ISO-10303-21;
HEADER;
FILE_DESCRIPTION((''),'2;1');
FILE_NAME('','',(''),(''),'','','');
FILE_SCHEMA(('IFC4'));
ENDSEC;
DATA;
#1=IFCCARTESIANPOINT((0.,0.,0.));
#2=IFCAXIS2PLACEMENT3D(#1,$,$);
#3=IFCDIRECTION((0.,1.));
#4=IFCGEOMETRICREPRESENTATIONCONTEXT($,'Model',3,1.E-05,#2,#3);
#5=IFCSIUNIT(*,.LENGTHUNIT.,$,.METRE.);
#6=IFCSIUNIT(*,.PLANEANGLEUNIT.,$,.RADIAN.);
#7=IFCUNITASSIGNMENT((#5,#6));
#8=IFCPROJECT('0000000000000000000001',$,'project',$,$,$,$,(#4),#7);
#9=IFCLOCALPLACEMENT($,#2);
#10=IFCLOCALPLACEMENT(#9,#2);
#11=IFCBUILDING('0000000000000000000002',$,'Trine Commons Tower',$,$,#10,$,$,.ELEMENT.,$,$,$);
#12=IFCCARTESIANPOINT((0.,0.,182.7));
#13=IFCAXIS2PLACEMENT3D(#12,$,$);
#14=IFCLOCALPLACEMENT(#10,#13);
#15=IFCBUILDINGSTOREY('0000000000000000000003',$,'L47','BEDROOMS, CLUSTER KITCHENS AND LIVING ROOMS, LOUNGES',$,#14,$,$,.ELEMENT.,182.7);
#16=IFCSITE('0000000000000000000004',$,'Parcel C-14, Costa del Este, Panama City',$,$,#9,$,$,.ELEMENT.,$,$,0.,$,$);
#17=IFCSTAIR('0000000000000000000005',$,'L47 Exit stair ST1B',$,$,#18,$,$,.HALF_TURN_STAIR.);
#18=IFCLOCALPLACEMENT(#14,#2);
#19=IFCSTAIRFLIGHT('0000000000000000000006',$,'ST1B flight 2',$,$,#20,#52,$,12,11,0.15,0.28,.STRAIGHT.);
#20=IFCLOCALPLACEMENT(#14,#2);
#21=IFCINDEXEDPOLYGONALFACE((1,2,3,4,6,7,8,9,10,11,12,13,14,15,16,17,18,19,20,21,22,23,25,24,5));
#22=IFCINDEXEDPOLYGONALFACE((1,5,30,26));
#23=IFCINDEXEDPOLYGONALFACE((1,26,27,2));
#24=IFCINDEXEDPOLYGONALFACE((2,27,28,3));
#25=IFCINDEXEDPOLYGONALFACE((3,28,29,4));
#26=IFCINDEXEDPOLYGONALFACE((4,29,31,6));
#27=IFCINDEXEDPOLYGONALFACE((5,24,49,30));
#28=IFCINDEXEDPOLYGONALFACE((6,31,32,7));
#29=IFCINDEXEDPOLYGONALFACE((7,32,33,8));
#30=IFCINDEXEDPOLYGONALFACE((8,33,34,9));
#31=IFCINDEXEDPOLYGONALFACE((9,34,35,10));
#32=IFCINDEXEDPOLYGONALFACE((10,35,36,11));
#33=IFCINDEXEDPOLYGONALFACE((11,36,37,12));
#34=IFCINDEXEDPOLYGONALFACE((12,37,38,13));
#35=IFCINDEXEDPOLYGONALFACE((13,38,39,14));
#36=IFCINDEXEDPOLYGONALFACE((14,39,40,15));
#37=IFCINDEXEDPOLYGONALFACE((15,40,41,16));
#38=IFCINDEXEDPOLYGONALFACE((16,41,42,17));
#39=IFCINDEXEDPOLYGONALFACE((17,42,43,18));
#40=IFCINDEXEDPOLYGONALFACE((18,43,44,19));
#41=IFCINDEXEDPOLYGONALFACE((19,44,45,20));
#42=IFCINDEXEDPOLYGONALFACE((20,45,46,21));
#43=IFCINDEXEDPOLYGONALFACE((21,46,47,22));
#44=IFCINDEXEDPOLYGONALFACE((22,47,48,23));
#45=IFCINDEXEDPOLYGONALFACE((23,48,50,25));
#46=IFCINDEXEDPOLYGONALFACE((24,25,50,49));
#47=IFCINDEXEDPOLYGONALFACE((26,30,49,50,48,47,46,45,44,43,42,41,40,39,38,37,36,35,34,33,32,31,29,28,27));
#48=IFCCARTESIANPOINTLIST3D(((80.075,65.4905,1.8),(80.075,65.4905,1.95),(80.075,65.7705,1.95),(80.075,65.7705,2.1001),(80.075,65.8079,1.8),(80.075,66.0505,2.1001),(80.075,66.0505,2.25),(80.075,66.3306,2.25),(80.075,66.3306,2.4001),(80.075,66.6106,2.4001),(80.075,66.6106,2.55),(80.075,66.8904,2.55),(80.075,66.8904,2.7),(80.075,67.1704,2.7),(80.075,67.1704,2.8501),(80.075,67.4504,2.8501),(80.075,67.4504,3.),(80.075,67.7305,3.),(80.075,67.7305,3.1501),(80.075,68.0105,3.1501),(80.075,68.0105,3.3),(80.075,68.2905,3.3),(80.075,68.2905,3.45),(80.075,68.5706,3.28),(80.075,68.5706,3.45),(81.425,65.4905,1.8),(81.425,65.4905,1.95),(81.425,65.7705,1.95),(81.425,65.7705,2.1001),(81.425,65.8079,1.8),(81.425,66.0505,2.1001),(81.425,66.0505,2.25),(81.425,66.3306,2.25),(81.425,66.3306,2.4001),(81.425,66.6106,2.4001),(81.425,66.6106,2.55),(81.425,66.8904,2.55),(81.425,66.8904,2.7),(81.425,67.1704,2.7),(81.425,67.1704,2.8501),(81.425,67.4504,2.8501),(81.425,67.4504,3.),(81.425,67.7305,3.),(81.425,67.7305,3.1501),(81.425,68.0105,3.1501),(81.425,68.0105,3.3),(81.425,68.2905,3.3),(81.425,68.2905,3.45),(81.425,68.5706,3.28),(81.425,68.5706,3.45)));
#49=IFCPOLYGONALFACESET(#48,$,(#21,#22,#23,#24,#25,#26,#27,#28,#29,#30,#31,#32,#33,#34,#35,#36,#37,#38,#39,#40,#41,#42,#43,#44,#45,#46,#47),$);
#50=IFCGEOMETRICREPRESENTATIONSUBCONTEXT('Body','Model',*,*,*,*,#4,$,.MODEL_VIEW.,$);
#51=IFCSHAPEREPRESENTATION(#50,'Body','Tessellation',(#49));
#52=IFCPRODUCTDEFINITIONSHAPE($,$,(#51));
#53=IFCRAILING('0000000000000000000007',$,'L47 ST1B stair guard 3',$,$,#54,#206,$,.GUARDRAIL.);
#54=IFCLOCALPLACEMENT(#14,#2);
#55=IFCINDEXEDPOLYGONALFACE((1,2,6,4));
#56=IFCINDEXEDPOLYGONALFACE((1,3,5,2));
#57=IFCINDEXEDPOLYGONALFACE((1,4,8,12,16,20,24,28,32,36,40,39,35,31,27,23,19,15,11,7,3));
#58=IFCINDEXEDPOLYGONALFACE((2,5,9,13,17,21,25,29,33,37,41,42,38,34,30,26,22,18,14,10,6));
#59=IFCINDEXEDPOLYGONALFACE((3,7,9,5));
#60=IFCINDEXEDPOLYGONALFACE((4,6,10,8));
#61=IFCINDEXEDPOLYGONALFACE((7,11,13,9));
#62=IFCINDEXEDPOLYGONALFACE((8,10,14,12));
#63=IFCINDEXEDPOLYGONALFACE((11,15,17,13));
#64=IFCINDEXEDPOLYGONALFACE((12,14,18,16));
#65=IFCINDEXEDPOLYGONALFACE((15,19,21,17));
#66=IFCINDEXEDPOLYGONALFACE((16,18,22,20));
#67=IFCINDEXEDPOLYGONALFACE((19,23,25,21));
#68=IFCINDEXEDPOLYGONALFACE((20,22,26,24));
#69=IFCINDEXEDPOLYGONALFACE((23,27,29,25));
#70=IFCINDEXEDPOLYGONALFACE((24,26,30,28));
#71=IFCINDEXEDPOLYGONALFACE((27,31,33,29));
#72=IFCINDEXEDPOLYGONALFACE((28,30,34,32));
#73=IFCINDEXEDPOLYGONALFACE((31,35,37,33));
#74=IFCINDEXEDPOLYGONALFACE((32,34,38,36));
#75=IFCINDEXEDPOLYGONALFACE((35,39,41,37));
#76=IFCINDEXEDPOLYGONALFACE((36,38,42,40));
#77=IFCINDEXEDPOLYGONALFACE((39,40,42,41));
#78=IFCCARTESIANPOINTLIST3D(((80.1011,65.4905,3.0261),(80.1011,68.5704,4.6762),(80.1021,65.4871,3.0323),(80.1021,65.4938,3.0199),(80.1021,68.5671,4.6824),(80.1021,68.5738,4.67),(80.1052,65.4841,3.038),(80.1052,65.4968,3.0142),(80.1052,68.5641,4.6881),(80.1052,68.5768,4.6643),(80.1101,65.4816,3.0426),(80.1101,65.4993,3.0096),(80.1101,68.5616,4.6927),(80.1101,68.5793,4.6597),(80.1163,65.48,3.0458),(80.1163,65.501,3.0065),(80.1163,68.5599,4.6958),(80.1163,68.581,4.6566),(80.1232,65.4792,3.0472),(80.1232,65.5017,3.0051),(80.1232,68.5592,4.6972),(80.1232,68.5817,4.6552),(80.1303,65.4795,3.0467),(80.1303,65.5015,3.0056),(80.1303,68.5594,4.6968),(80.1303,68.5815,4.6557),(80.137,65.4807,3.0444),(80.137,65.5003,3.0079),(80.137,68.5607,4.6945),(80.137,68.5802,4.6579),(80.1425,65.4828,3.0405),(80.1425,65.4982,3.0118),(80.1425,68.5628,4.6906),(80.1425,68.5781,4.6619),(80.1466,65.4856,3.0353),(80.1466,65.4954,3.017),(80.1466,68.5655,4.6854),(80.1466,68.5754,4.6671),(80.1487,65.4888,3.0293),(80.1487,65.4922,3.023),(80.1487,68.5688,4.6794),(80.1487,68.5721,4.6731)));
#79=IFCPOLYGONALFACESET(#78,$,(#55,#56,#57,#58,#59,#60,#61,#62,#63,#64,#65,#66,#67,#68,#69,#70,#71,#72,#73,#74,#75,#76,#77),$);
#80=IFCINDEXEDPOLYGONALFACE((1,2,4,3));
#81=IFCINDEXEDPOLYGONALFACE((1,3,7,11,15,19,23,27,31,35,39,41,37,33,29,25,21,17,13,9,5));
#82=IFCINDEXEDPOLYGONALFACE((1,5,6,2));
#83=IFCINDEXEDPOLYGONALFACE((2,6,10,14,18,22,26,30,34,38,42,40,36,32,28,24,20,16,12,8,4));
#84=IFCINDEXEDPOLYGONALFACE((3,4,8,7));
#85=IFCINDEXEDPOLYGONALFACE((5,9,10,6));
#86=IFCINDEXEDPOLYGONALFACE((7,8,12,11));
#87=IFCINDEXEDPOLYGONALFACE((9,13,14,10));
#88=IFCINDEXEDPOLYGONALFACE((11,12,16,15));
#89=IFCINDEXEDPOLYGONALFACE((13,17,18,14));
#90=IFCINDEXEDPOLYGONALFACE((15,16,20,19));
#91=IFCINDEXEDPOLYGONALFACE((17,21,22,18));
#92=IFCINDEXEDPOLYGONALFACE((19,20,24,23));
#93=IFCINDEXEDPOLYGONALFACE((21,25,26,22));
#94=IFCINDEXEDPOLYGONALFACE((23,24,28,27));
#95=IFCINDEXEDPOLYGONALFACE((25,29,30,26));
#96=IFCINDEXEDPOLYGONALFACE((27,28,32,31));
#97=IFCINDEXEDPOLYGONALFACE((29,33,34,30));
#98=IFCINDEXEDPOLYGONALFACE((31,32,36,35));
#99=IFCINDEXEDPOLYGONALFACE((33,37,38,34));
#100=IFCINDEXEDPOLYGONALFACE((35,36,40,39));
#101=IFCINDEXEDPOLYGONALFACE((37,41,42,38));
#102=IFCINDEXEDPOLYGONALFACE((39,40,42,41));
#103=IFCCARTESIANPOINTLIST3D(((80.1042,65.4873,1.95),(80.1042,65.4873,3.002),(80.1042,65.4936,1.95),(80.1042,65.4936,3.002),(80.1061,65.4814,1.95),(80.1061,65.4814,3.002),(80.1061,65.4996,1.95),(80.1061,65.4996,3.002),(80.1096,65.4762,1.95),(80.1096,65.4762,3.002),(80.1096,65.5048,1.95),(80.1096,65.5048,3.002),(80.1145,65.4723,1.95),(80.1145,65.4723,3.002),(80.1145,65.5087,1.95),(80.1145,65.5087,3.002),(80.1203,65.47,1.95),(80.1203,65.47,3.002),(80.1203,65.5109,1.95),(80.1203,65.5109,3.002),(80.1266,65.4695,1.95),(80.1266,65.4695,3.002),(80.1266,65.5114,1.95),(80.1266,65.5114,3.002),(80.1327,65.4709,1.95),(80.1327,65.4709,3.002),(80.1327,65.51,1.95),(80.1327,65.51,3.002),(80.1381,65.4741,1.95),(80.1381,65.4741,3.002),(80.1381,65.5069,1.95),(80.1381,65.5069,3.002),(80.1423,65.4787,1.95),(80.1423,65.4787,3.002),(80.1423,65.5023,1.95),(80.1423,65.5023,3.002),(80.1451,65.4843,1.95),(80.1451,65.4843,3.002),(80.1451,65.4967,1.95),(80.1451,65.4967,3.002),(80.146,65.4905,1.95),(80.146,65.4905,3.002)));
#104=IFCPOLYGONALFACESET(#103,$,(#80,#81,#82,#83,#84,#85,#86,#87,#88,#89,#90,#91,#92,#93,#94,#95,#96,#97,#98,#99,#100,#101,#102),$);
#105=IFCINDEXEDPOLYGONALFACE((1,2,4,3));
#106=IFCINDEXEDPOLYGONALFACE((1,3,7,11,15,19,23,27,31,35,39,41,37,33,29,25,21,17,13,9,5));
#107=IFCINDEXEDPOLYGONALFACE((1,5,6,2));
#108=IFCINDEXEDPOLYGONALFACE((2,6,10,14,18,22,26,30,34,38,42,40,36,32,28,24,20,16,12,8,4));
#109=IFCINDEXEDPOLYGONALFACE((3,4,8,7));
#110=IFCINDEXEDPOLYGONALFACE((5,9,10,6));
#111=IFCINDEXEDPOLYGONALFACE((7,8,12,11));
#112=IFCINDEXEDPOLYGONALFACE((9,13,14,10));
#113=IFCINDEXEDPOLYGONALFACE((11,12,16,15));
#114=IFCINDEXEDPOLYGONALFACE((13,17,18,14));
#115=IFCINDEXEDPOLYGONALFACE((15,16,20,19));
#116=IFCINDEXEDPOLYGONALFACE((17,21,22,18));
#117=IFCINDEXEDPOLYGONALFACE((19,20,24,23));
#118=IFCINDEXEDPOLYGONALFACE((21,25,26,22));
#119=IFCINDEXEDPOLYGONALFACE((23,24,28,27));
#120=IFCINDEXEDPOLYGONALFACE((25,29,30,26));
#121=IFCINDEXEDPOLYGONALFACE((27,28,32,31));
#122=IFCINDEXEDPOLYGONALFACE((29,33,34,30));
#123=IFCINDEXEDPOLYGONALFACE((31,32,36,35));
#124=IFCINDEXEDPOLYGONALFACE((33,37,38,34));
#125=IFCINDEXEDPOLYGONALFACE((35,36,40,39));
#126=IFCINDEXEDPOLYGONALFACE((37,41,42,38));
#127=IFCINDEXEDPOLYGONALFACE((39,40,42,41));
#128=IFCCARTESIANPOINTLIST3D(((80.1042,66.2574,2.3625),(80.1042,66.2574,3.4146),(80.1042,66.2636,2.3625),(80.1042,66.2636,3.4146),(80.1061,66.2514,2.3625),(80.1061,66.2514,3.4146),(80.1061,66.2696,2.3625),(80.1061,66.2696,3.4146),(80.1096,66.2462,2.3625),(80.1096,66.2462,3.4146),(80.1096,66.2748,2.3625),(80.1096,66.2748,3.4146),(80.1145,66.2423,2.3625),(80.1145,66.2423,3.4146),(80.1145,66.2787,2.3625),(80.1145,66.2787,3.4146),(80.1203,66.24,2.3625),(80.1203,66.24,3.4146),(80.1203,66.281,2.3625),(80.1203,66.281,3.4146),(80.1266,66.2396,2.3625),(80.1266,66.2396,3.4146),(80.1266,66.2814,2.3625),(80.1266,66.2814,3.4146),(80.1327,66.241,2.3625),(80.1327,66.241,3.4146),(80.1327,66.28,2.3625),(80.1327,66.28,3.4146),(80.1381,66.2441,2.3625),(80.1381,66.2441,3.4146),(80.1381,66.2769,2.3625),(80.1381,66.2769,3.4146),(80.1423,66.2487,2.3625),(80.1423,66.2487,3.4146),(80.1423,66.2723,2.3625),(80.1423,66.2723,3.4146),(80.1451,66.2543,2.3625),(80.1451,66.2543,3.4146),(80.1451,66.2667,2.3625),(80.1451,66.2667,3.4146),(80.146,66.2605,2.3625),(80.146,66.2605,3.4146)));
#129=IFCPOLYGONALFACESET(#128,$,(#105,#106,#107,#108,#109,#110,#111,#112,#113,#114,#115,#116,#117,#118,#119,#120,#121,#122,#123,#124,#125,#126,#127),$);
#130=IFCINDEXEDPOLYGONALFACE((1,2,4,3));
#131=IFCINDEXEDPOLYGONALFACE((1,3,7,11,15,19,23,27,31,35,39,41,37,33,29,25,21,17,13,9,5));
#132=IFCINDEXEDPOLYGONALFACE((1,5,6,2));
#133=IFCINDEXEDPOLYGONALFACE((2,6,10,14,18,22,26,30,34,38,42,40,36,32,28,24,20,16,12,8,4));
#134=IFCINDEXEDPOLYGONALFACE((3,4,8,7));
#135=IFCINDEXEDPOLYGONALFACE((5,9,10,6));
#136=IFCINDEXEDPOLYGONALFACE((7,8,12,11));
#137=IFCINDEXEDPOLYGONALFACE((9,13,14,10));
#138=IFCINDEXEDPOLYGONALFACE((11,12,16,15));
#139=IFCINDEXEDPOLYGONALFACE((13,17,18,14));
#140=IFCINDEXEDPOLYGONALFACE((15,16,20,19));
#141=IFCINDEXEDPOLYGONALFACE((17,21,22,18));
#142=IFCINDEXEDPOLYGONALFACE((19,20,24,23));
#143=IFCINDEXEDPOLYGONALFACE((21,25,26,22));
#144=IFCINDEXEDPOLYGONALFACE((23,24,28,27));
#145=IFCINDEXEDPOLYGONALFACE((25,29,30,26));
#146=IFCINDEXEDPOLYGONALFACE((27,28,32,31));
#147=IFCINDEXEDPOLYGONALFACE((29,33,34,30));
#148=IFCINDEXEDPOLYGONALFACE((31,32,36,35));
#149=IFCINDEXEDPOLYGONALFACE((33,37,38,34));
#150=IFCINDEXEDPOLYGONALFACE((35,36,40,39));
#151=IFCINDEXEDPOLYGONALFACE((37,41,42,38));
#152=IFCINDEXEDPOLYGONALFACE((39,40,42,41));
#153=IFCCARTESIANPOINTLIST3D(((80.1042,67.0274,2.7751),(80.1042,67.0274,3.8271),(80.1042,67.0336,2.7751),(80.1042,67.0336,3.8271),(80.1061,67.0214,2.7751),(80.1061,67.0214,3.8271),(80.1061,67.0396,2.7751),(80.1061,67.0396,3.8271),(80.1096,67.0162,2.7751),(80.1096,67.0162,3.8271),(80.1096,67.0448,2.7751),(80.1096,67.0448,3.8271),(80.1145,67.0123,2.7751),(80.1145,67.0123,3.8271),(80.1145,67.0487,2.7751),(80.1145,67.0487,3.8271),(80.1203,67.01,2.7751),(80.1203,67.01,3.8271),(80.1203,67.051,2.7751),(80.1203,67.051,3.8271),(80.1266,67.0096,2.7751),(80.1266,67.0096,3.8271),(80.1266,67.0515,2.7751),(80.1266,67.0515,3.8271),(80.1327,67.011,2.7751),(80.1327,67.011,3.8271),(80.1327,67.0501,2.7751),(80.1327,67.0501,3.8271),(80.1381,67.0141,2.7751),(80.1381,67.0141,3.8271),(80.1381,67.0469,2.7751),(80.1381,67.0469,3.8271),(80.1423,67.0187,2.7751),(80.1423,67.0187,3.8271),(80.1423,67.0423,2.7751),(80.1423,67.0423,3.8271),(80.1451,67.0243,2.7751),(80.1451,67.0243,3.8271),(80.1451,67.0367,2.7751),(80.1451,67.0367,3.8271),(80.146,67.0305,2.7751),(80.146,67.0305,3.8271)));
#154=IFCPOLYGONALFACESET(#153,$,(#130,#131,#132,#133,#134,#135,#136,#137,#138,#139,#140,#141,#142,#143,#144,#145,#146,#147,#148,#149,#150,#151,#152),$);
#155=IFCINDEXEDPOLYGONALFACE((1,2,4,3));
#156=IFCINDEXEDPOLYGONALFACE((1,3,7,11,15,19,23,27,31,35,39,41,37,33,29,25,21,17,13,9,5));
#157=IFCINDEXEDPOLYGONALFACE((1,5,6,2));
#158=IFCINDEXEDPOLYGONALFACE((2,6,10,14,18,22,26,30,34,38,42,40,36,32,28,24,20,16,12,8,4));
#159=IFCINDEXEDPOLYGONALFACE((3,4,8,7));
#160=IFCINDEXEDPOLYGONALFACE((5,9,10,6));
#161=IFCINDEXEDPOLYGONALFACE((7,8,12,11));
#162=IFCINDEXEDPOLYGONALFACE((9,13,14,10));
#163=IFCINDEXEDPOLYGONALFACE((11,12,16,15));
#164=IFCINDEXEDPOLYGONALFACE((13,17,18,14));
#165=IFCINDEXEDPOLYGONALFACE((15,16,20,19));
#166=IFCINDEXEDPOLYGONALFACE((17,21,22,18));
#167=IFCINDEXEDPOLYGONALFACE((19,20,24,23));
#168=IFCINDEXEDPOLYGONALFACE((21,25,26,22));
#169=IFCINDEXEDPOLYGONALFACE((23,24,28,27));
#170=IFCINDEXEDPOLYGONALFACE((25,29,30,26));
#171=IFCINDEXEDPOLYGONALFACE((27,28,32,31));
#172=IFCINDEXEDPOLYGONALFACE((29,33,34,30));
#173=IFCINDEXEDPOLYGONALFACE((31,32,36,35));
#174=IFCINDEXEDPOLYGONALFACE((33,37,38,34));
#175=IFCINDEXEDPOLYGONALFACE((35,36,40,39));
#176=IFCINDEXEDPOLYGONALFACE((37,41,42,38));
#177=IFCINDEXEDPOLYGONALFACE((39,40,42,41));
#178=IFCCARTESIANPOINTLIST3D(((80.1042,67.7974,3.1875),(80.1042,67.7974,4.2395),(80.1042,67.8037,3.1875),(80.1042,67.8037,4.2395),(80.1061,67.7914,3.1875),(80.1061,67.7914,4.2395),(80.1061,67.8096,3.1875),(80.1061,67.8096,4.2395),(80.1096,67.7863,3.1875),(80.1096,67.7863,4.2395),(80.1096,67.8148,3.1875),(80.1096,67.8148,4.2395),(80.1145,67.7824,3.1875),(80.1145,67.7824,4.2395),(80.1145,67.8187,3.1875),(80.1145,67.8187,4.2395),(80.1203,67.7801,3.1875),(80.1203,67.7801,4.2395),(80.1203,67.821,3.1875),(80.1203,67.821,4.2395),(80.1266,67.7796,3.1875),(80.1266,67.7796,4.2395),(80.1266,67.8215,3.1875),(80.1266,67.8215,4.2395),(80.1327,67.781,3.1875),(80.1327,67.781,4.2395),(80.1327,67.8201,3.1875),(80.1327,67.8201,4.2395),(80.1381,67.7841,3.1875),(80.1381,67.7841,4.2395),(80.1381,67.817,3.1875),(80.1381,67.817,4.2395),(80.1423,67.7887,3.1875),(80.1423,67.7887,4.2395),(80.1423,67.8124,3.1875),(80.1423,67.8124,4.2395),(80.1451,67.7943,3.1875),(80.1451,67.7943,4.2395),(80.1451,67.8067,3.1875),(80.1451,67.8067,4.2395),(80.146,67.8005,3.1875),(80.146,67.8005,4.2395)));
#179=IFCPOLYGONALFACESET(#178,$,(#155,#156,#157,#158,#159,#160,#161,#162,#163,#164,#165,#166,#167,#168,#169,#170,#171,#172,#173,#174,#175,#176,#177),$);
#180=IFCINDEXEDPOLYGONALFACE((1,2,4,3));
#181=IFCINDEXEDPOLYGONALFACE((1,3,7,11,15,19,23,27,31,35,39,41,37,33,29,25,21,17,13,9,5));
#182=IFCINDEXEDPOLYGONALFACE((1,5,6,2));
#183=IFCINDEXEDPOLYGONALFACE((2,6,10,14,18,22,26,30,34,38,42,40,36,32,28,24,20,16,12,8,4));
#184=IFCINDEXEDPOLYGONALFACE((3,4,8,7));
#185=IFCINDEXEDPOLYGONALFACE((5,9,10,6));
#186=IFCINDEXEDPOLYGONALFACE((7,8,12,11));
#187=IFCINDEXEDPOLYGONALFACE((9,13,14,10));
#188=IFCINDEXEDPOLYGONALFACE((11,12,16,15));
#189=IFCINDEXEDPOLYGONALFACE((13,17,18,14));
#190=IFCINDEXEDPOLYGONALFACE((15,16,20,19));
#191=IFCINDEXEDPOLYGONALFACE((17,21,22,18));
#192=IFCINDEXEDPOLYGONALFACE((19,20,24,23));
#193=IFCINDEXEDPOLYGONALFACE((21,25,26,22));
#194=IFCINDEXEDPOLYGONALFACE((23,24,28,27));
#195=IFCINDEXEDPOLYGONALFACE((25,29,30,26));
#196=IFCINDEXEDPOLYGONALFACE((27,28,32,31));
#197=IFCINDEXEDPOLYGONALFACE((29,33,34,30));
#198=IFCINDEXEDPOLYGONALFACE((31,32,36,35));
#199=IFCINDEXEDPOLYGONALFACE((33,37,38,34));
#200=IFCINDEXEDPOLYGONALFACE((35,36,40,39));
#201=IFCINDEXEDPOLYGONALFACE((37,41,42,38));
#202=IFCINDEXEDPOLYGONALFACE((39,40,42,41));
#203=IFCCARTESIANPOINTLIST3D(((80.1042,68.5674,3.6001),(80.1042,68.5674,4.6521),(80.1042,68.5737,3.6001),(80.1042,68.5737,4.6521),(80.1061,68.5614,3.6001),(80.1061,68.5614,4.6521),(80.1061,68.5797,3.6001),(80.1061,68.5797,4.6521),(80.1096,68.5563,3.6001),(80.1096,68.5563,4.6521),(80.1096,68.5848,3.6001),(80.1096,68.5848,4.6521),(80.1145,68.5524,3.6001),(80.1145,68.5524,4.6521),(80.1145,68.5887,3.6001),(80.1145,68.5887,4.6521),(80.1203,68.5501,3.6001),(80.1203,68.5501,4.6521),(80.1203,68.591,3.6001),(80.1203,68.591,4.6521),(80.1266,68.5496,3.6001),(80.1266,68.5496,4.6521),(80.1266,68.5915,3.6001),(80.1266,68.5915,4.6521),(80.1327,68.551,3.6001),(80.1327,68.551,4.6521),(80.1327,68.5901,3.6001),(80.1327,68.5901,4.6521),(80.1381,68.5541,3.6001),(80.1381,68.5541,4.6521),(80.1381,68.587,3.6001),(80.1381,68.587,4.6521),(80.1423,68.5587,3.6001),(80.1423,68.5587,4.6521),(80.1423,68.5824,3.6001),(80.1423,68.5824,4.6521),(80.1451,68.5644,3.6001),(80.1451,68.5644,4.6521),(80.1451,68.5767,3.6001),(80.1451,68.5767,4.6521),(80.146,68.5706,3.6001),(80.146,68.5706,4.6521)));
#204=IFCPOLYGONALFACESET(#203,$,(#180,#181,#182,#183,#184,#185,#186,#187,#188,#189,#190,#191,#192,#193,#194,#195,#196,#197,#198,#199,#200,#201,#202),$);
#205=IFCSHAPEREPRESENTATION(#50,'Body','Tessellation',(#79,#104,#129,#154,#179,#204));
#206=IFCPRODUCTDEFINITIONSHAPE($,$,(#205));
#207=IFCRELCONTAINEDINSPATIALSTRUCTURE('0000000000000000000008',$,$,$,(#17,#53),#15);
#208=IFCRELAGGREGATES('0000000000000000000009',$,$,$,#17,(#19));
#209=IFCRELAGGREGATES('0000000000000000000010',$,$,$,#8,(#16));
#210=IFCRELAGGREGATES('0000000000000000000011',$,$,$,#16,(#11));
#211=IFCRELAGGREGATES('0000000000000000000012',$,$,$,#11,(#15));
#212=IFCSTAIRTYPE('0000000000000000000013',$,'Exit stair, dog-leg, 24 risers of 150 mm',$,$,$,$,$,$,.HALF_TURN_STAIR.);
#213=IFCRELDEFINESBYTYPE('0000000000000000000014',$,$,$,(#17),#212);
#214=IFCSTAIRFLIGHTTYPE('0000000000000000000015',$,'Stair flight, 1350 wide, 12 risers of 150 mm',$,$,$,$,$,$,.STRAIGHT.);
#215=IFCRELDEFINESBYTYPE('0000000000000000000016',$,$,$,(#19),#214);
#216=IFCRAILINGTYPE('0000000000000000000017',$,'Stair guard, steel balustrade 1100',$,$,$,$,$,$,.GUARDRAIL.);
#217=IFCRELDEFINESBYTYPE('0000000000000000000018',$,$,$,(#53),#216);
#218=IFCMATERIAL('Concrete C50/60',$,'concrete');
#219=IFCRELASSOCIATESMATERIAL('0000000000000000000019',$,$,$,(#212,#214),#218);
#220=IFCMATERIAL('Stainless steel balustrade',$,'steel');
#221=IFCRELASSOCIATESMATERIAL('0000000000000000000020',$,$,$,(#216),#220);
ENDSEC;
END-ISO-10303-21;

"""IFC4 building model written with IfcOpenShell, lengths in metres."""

from ifc_helpers import new_model, si_unit, direction, frame, origin, origin_2d, place, context, subcontext, project, spatial, polyline, circle, outline, extrude, material, type_object, element, aggregate, save


model = new_model("IFC4")

# Units and contexts
model_context = context("Model", 3, precision=1e-05, world=origin(), true_north=direction((0.0, 1.0)))
body_context = subcontext(model_context, "Body", "Model", "MODEL_VIEW")
ifc_project = project(units=[si_unit("LENGTHUNIT", "METRE"), si_unit("PLANEANGLEUNIT", "RADIAN")], contexts=[model_context])

# Site, building, storey
site_placement = place(None, origin())
site = spatial("IfcSite", under=ifc_project, at=site_placement, Name="Parcel C-14, Costa del Este, Panama City", CompositionType="ELEMENT", RefElevation=0.0)
building_placement = place(site_placement, origin())
building = spatial("IfcBuilding", under=site, at=building_placement, Name="Trine Commons Tower", CompositionType="ELEMENT")
storey_placement = place(building_placement, frame((0.0, 0.0, 182.7)))
storey = spatial("IfcBuildingStorey", under=building, at=storey_placement, Name="L47", Description="BEDROOMS, CLUSTER KITCHENS AND LIVING ROOMS, LOUNGES", CompositionType="ELEMENT", Elevation=182.7)

# Stair, stair flight
ifc_material_1 = material(Name="Concrete C50/60", Category="concrete")
stair_type = type_object("IfcStairType", Name="Exit stair, dog-leg, 24 risers of 150 mm", PredefinedType="HALF_TURN_STAIR", material=ifc_material_1)
stair_placement = place(storey_placement, origin())
stair = element("IfcStair", 1, at=stair_placement, inside=storey, type_object=stair_type, Name="L47 Exit stair ST1B", PredefinedType="HALF_TURN_STAIR")
stair_flight_type = type_object("IfcStairFlightType", Name="Stair flight, 1350 wide, 12 risers of 150 mm", PredefinedType="STRAIGHT", material=ifc_material_1)
stair_flight_placement = place(storey_placement, frame((80.75, 65.4905, 1.8), z_axis=(0.0, 0.0, 1.0), x_axis=(0.0, 1.0, 0.0)))
stair_flight = element("IfcStairFlight", 2, at=stair_flight_placement, type_object=stair_flight_type, Name="ST1B flight 2", NumberOfRisers=12, NumberOfTreads=11, PredefinedType="STRAIGHT", RiserHeight=0.15, TreadLength=0.28, context=body_context, shape_type="SweptSolid", body=[
    extrude(outline(polyline([(0.0, 0.0), (0.0, 0.1499), (0.28, 0.1499), (0.28, 0.3), (0.5601, 0.3), (0.5601, 0.45), (0.8401, 0.45), (0.8401, 0.6001), (1.1201, 0.6001), (1.1201, 0.75), (1.3999, 0.75), (1.3999, 0.8999), (1.6799, 0.8999), (1.6799, 1.05), (1.96, 1.05), (1.96, 1.2), (2.24, 1.2), (2.24, 1.3501), (2.52, 1.3501), (2.52, 1.5), (2.8, 1.5), (2.8, 1.6499), (3.0801, 1.6499), (3.0801, 1.8), (3.0801, 1.48), (0.3174, 0.0), (0.0, 0.0)])), frame((0.0, 0.675, 0.0), z_axis=(0.0, -1.0, 0.0), x_axis=(1.0, 0.0, 0.0)), (0.0, 0.0, 1.0), 1.3501),
])
aggregate(stair, [stair_flight])

# Railing
ifc_material_2 = material(Name="Stainless steel balustrade", Category="steel")
railing_type_1 = type_object("IfcRailingType", Name="Stair guard, steel balustrade 1100", PredefinedType="GUARDRAIL", material=ifc_material_2)
railing_1_placement = place(storey_placement, frame((80.125, 65.4905, 1.95)))
element("IfcRailing", 3, at=railing_1_placement, inside=storey, type_object=railing_type_1, Name="L47 ST1B stair guard 3", PredefinedType="GUARDRAIL", context=body_context, shape_type="SweptSolid", body=[
    extrude(circle(Radius=0.0239, at=origin_2d()), frame((0.0, 0.0, 1.0762), z_axis=(0.0, 0.881468, 0.472245), x_axis=(-1.0, 0.0, 0.0)), (0.0, 0.0, 1.0), 3.4941),
    extrude(circle(Radius=0.021, at=origin_2d()), origin(), (0.0, 0.0, 1.0), 1.052),
    extrude(circle(Radius=0.021, at=origin_2d()), frame((0.0, 0.77, 0.4126)), (0.0, 0.0, 1.0), 1.052),
    extrude(circle(Radius=0.021, at=origin_2d()), frame((0.0, 1.54, 0.8252)), (0.0, 0.0, 1.0), 1.052),
    extrude(circle(Radius=0.021, at=origin_2d()), frame((0.0, 2.3101, 1.2375)), (0.0, 0.0, 1.0), 1.052),
    extrude(circle(Radius=0.021, at=origin_2d()), frame((0.0, 3.0801, 1.6501)), (0.0, 0.0, 1.0), 1.052),
])

save(model, "model.ifc")
